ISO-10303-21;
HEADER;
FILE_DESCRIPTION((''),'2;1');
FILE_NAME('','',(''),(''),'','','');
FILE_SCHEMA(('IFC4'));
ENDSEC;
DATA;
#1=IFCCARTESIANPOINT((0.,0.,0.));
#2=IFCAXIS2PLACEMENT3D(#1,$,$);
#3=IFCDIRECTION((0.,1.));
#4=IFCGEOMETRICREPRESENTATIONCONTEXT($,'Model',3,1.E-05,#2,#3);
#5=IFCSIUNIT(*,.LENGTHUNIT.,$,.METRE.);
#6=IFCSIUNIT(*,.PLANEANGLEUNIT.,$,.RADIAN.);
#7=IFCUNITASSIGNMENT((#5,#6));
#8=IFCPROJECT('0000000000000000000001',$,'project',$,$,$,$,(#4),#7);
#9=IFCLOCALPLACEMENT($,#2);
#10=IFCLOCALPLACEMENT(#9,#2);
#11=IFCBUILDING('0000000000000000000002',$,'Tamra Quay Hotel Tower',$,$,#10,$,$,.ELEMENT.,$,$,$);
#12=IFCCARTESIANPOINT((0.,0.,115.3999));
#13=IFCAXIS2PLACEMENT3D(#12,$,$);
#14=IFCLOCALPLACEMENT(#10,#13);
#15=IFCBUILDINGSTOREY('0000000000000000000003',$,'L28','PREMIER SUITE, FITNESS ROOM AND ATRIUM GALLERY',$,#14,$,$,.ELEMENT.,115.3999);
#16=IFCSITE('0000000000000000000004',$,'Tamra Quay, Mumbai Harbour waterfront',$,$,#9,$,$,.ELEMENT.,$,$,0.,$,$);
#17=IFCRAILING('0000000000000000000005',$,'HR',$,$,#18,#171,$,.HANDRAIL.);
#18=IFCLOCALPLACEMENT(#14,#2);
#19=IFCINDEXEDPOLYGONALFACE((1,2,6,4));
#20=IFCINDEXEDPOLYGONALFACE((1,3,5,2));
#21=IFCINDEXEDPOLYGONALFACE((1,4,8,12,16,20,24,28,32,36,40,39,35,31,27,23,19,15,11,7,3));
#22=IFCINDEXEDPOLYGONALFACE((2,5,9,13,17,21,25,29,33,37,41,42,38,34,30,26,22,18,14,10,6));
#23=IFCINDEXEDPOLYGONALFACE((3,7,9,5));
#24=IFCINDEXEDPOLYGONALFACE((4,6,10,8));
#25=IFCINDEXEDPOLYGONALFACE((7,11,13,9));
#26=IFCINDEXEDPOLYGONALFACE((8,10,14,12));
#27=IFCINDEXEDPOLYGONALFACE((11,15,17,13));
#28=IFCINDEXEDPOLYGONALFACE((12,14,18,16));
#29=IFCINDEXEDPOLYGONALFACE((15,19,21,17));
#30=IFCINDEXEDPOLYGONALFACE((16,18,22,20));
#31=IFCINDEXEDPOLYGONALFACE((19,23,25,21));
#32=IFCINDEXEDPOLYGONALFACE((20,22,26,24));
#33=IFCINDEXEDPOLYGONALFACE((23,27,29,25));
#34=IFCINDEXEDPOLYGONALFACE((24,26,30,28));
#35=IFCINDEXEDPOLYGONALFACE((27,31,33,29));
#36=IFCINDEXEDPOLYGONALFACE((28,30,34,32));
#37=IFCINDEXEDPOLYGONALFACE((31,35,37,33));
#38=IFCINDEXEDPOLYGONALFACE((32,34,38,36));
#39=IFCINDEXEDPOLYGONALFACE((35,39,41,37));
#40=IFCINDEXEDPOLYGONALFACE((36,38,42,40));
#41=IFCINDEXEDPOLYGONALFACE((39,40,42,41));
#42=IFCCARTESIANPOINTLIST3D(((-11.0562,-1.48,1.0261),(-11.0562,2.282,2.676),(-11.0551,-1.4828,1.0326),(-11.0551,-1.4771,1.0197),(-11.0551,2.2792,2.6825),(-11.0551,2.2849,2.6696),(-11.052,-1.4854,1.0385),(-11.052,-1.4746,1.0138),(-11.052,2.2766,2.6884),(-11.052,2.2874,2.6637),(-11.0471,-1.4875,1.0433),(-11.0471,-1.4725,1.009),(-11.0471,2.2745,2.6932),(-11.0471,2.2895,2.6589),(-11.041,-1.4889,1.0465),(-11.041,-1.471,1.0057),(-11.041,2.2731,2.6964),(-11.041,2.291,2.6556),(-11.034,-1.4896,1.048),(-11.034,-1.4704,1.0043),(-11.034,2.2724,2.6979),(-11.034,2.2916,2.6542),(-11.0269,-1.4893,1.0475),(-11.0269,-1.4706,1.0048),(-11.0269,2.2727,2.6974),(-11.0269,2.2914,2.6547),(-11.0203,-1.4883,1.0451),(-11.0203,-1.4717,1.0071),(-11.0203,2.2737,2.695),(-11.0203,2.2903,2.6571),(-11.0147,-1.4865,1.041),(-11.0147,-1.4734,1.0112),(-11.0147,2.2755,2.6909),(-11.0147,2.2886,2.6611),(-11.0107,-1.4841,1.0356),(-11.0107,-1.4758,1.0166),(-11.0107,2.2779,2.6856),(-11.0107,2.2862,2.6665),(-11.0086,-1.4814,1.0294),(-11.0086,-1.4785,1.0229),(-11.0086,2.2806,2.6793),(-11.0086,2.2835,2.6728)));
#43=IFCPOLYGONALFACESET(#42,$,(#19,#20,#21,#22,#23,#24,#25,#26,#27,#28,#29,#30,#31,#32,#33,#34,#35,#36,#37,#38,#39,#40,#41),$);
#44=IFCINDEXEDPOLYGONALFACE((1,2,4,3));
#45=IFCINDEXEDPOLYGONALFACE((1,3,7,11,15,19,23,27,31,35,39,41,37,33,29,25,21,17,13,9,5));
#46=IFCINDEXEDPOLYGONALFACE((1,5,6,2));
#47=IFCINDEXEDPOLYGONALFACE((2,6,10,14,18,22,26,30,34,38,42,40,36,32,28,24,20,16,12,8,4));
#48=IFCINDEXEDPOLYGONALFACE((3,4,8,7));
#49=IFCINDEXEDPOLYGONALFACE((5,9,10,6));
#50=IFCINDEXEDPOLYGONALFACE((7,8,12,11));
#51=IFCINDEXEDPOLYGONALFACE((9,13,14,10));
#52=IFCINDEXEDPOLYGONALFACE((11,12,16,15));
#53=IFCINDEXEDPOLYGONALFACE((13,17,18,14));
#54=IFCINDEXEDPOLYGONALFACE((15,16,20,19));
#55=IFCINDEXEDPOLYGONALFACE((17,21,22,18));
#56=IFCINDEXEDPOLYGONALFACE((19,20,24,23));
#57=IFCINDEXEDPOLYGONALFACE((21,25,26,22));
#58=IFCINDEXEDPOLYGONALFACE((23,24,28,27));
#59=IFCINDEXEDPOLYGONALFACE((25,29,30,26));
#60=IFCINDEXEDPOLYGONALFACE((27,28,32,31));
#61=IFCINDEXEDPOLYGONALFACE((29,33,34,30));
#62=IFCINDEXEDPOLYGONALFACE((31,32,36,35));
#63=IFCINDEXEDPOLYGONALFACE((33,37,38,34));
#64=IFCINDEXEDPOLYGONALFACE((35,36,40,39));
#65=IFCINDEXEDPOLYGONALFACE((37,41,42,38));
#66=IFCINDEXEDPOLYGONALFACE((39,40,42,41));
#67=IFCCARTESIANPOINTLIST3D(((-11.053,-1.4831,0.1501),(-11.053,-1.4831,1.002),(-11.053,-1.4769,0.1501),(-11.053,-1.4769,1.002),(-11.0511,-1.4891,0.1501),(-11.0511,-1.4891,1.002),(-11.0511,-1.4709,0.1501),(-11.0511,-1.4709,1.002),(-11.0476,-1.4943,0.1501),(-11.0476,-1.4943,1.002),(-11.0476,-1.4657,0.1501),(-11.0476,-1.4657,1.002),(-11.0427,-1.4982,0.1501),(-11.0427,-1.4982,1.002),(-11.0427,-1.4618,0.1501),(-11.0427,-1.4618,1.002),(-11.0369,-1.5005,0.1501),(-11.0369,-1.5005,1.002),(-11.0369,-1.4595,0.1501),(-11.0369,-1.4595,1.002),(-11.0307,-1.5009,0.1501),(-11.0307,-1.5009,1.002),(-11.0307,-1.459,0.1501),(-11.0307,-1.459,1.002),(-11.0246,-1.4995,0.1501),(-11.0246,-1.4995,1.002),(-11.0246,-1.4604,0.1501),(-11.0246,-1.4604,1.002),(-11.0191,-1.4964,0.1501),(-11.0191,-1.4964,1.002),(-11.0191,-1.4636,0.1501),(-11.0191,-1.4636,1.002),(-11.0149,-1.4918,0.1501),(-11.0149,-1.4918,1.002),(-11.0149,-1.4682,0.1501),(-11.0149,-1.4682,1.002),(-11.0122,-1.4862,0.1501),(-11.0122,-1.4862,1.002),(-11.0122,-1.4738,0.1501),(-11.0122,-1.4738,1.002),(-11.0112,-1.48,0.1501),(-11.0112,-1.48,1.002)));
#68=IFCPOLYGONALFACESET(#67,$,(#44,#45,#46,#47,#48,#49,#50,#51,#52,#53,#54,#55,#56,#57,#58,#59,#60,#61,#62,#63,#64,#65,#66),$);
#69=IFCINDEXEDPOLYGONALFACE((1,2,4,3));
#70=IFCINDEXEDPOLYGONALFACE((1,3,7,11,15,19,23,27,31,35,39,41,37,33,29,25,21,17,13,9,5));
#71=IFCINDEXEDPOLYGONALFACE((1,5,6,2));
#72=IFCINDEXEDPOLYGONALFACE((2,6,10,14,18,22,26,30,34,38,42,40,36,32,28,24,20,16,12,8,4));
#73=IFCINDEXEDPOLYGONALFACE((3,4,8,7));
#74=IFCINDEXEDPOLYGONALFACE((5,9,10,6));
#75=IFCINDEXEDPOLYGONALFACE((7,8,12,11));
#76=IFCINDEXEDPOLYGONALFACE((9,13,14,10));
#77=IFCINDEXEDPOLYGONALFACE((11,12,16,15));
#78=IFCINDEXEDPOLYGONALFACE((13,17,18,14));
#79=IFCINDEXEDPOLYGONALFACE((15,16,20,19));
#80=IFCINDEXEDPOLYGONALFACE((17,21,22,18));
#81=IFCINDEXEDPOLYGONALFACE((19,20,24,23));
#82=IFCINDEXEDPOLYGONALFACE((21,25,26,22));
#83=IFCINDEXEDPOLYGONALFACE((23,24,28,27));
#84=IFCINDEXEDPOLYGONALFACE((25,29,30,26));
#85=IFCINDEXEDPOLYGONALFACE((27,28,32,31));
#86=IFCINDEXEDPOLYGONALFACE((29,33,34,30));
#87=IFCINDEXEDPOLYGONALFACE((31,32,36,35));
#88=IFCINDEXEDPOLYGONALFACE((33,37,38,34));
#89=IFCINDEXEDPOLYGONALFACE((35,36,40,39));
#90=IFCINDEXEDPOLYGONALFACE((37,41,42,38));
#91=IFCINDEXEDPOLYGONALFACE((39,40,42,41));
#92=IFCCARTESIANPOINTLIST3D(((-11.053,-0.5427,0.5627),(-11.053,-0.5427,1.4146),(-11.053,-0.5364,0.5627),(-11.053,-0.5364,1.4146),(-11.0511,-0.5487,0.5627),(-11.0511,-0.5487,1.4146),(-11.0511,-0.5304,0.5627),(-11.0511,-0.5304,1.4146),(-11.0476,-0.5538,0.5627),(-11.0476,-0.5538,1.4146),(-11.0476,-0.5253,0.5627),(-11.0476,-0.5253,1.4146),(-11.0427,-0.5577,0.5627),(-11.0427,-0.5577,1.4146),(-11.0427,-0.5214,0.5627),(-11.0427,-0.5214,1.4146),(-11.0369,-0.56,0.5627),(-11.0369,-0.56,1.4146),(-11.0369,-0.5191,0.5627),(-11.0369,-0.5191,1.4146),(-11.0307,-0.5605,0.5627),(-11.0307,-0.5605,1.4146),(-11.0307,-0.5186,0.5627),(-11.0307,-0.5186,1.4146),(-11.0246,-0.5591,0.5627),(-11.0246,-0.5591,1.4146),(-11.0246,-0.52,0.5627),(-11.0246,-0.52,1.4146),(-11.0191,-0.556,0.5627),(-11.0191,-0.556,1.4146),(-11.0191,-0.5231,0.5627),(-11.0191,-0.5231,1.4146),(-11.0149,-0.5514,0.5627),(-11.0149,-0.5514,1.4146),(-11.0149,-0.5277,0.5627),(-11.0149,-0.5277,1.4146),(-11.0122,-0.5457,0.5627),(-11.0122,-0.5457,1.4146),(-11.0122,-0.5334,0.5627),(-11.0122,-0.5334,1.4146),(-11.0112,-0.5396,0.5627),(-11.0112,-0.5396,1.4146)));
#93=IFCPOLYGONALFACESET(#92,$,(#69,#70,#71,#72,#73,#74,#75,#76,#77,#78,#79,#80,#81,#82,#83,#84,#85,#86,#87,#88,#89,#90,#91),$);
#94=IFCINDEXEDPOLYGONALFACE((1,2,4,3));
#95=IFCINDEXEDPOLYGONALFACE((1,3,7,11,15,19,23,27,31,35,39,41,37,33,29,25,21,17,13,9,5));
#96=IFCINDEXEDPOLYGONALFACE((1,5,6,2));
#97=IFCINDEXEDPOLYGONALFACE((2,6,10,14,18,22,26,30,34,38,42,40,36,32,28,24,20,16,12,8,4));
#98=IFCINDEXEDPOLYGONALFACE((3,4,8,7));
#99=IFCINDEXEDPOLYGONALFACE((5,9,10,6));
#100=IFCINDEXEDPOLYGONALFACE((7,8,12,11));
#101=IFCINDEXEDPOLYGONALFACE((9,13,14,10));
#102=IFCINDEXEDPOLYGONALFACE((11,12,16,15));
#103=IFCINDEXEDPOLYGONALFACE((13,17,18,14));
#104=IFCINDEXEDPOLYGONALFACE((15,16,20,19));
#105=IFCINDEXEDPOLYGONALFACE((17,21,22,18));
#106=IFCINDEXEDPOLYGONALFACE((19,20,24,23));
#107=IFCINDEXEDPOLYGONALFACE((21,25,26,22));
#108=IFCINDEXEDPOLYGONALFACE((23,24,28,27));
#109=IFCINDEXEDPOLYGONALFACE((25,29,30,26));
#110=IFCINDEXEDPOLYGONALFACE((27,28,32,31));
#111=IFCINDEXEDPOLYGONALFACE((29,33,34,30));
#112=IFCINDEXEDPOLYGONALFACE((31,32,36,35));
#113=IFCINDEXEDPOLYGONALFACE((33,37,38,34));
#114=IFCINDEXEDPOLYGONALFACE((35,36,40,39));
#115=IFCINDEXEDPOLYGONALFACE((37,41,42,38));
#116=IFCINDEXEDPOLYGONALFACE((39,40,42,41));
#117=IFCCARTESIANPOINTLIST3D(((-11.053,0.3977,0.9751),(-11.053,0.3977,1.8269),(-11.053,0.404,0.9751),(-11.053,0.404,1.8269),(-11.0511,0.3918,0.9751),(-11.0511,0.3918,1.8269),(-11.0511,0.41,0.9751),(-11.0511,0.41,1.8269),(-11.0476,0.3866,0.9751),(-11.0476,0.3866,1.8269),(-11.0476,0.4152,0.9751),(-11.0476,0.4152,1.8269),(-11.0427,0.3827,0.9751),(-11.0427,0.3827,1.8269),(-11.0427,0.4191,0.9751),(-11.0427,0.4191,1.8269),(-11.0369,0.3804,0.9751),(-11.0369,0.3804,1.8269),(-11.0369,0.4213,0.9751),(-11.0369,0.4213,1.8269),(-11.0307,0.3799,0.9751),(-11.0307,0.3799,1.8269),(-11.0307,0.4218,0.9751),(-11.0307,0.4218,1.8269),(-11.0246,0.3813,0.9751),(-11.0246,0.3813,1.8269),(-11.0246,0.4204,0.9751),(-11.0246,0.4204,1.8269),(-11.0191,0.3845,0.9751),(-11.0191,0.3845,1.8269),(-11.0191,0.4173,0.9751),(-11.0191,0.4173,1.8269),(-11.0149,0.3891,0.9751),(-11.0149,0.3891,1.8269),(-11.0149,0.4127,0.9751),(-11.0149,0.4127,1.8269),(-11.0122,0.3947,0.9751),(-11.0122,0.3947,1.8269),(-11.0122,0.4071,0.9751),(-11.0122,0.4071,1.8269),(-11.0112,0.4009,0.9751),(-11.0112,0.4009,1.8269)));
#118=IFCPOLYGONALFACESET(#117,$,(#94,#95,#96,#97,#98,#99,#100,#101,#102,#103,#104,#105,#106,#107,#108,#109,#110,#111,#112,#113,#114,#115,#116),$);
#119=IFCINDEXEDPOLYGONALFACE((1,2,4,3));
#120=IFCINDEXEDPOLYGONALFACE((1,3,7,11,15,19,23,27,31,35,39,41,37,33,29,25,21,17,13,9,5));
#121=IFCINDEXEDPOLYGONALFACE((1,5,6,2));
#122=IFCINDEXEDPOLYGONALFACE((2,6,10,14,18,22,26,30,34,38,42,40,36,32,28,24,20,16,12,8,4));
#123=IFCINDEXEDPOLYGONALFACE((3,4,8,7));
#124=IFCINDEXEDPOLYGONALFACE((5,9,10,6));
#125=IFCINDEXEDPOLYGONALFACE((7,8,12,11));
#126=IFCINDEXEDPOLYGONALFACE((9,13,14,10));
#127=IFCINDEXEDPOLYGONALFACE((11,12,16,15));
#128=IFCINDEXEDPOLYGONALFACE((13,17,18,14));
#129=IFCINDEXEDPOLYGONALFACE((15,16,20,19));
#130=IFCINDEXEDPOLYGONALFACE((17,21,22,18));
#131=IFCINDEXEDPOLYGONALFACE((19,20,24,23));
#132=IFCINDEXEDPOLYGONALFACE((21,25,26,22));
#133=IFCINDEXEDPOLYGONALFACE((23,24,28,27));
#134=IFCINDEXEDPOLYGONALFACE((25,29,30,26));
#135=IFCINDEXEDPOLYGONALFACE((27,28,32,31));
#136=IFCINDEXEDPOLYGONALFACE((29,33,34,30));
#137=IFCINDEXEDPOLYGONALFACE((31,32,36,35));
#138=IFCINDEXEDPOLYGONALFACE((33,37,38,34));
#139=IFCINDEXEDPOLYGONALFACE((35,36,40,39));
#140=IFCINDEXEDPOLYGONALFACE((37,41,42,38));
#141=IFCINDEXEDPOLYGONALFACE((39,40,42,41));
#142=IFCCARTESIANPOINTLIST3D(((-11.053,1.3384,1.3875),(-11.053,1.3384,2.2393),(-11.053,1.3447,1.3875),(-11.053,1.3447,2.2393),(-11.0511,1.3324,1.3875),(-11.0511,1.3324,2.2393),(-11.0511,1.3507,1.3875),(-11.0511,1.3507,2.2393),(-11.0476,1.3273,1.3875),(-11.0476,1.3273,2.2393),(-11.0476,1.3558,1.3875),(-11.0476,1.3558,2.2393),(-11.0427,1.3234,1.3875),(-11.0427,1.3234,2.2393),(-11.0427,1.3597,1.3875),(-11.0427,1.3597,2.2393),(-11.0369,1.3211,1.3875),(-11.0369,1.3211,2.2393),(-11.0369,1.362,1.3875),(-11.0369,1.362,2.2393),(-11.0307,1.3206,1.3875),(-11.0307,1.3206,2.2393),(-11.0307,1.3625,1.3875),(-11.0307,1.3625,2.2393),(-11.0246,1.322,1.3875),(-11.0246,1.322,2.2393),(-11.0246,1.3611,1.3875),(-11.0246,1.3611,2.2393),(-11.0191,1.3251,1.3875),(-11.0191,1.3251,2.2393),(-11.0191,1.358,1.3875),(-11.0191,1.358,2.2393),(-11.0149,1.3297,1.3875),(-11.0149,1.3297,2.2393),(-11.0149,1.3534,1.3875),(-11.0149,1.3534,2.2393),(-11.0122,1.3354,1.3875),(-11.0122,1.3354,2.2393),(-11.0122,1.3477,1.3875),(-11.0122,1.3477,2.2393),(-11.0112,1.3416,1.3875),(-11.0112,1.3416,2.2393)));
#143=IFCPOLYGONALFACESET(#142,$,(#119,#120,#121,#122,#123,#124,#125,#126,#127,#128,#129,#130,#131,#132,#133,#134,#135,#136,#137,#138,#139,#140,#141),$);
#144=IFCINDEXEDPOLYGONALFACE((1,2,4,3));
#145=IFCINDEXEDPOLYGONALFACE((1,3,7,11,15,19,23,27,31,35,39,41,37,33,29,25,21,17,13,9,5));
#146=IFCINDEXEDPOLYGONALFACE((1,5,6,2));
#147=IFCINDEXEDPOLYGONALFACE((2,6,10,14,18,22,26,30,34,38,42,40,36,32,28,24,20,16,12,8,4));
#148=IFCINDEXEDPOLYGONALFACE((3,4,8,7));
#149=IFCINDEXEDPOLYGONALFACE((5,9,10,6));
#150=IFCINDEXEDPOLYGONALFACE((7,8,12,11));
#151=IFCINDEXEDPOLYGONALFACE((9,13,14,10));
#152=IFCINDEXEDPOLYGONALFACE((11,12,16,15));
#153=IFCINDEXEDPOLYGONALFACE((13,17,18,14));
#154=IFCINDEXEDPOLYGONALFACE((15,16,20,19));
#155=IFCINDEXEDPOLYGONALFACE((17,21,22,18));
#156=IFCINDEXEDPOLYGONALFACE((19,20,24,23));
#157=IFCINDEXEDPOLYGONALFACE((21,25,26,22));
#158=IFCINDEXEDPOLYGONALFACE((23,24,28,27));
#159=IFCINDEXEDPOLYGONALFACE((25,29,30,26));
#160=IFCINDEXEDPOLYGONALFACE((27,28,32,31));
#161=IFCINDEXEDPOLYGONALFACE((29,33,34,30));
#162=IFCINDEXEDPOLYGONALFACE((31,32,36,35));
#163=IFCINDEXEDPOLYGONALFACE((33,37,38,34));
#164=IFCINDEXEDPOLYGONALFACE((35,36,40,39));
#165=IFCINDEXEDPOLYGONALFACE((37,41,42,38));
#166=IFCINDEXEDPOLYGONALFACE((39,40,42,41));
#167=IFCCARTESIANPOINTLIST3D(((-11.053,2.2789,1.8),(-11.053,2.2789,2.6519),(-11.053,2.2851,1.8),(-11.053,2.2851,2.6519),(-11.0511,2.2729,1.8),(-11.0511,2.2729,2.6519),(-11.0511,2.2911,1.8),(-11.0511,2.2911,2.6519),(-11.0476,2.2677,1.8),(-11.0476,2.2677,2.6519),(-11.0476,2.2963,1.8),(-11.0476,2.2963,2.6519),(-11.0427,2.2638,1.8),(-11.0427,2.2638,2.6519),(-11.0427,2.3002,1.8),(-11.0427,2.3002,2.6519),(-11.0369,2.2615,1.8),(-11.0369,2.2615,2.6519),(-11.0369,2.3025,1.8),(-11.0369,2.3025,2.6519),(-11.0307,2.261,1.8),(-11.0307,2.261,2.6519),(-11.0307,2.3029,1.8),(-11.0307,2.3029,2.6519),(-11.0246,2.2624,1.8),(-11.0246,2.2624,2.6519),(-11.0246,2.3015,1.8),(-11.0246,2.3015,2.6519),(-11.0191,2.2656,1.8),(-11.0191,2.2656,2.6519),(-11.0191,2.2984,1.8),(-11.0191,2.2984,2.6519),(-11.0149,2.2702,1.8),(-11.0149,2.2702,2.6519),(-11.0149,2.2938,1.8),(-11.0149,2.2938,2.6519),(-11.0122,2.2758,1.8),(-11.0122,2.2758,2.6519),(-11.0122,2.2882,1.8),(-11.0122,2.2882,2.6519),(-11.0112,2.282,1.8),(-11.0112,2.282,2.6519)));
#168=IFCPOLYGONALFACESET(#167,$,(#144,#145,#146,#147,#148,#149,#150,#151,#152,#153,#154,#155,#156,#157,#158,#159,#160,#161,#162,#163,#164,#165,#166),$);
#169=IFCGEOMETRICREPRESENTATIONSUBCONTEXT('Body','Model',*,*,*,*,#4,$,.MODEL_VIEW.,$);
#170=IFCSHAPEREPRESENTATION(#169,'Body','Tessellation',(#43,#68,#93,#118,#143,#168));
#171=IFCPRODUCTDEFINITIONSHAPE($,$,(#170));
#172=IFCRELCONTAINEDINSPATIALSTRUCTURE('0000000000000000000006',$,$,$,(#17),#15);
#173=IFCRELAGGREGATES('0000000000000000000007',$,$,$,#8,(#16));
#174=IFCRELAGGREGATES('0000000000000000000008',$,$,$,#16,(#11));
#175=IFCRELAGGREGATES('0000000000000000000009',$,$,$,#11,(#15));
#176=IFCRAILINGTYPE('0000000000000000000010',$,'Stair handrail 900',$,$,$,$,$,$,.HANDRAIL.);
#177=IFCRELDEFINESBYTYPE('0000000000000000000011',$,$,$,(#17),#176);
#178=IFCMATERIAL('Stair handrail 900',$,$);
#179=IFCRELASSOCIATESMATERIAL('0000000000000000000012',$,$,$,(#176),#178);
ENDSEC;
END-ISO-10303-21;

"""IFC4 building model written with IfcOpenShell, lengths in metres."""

from ifc_helpers import new_model, si_unit, direction, frame, origin, origin_2d, place, context, subcontext, project, spatial, circle, extrude, material, type_object, element, save


model = new_model("IFC4")

# Units and contexts
model_context = context("Model", 3, precision=1e-05, world=origin(), true_north=direction((0.0, 1.0)))
body_context = subcontext(model_context, "Body", "Model", "MODEL_VIEW")
ifc_project = project(units=[si_unit("LENGTHUNIT", "METRE"), si_unit("PLANEANGLEUNIT", "RADIAN")], contexts=[model_context])

# Site, building, storey
site_placement = place(None, origin())
site = spatial("IfcSite", under=ifc_project, at=site_placement, Name="Tamra Quay, Mumbai Harbour waterfront", CompositionType="ELEMENT", RefElevation=0.0)
building_placement = place(site_placement, origin())
building = spatial("IfcBuilding", under=site, at=building_placement, Name="Tamra Quay Hotel Tower", CompositionType="ELEMENT")
storey_placement = place(building_placement, frame((0.0, 0.0, 115.3999)))
storey = spatial("IfcBuildingStorey", under=building, at=storey_placement, Name="L28", Description="PREMIER SUITE, FITNESS ROOM AND ATRIUM GALLERY", CompositionType="ELEMENT", Elevation=115.3999)

# Railing
ifc_material_1 = material(Name="Stair handrail 900")
railing_type_1 = type_object("IfcRailingType", Name="Stair handrail 900", PredefinedType="HANDRAIL", material=ifc_material_1)
railing_1_placement = place(storey_placement, frame((-11.0322, -1.48, 0.1501)))
element("IfcRailing", 1, at=railing_1_placement, inside=storey, type_object=railing_type_1, Name="HR", PredefinedType="HANDRAIL", context=body_context, shape_type="SweptSolid", body=[
    extrude(circle(Radius=0.0239, at=origin_2d()), frame((0.0, 0.0, 0.876), z_axis=(0.0, 0.915795, 0.401645), x_axis=(-1.0, 0.0, 0.0)), (0.0, 0.0, 1.0), 4.1079),
    extrude(circle(Radius=0.021, at=origin_2d()), origin(), (0.0, 0.0, 1.0), 0.8518),
    extrude(circle(Radius=0.021, at=origin_2d()), frame((0.0, 0.9404, 0.4126)), (0.0, 0.0, 1.0), 0.8518),
    extrude(circle(Radius=0.021, at=origin_2d()), frame((0.0, 1.8809, 0.825)), (0.0, 0.0, 1.0), 0.8518),
    extrude(circle(Radius=0.021, at=origin_2d()), frame((0.0, 2.8215, 1.2373)), (0.0, 0.0, 1.0), 0.8518),
    extrude(circle(Radius=0.021, at=origin_2d()), frame((0.0, 3.762, 1.6499)), (0.0, 0.0, 1.0), 0.8518),
])

save(model, "model.ifc")
